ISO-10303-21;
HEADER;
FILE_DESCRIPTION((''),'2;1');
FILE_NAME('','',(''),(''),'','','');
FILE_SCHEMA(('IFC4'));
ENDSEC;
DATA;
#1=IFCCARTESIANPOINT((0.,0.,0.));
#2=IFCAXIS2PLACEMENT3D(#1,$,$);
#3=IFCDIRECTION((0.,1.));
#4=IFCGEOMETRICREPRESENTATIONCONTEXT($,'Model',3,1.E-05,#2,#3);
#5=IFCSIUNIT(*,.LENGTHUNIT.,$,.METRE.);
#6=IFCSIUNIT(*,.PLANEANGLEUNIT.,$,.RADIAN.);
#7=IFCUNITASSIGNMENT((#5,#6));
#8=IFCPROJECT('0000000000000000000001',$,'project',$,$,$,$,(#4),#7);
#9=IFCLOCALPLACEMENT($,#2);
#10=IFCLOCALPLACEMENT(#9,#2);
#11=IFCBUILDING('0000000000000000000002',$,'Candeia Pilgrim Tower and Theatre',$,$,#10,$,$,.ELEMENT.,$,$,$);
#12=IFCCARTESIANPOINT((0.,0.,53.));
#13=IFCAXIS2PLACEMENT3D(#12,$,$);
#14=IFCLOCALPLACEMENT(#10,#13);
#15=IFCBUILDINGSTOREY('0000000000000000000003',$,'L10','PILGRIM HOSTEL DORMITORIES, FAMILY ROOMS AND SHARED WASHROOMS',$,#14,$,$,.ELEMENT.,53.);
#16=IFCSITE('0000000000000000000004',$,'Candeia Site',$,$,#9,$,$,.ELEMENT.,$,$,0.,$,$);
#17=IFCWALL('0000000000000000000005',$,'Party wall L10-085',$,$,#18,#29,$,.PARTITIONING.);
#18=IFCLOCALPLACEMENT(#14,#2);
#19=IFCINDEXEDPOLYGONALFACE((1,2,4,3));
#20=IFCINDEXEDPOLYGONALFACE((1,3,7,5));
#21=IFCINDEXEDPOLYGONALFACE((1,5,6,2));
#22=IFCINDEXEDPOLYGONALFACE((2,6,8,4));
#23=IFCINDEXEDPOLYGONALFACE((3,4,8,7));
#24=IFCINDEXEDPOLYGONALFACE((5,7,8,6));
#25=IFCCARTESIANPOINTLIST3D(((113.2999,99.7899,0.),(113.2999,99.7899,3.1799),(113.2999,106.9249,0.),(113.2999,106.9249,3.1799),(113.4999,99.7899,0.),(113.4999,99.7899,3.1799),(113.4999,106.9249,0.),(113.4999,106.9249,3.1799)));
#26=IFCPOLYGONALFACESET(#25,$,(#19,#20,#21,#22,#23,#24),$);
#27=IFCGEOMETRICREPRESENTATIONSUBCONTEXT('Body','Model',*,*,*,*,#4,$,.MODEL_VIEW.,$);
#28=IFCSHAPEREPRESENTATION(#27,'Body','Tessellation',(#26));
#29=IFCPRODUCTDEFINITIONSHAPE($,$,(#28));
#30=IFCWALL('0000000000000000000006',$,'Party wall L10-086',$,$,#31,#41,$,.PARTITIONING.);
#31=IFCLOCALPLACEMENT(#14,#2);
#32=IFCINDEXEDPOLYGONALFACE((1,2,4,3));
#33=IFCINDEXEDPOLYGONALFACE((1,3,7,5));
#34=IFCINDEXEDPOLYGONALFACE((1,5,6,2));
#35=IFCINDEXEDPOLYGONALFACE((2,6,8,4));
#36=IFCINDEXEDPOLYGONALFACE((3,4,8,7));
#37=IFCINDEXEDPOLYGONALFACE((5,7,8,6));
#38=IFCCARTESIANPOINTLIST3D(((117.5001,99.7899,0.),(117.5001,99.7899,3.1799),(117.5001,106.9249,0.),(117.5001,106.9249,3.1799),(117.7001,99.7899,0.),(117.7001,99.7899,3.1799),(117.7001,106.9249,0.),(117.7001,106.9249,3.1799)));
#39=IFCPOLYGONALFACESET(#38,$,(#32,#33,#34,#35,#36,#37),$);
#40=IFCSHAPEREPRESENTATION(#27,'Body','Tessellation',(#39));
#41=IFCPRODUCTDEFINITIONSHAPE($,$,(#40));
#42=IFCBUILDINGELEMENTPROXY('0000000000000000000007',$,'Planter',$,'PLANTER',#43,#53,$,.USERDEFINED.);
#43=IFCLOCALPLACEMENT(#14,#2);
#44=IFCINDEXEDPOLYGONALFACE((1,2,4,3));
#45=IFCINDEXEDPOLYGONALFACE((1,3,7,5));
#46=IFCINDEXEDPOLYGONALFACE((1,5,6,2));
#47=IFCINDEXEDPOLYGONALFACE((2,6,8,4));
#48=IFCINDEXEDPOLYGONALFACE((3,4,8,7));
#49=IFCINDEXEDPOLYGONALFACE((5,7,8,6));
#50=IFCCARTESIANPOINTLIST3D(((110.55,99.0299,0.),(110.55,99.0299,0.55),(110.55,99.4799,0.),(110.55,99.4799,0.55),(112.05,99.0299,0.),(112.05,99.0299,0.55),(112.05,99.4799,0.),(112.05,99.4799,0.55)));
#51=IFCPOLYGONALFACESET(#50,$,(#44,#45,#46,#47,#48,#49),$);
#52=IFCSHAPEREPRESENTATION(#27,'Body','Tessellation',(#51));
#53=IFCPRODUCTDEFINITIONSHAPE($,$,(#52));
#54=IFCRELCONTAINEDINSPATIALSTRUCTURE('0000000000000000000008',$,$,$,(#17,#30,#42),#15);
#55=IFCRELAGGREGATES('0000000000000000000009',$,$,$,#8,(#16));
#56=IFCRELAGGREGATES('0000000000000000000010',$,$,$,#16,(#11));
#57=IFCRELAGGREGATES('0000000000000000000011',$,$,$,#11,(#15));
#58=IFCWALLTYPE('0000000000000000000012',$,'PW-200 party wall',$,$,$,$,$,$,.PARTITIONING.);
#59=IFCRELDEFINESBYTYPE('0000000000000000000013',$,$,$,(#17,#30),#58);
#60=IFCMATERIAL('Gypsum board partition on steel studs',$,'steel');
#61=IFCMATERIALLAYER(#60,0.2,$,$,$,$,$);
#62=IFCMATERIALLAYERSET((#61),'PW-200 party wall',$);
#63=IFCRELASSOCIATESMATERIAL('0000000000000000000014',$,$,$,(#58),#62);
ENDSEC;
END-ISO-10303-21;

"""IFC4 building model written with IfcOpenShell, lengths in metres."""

from ifc_helpers import new_model, si_unit, direction, frame, frame_2d, origin, origin_2d, place, context, subcontext, project, spatial, rectangle, extrude, material, layer, layer_set, type_object, element, save


model = new_model("IFC4")

# Units and contexts
model_context = context("Model", 3, precision=1e-05, world=origin(), true_north=direction((0.0, 1.0)))
body_context = subcontext(model_context, "Body", "Model", "MODEL_VIEW")
ifc_project = project(units=[si_unit("LENGTHUNIT", "METRE"), si_unit("PLANEANGLEUNIT", "RADIAN")], contexts=[model_context])

# Site, building, storey
site_placement = place(None, origin())
site = spatial("IfcSite", under=ifc_project, at=site_placement, Name="Candeia Site", CompositionType="ELEMENT", RefElevation=0.0)
building_placement = place(site_placement, origin())
building = spatial("IfcBuilding", under=site, at=building_placement, Name="Candeia Pilgrim Tower and Theatre", CompositionType="ELEMENT")
storey_placement = place(building_placement, frame((0.0, 0.0, 53.0)))
storey = spatial("IfcBuildingStorey", under=building, at=storey_placement, Name="L10", Description="PILGRIM HOSTEL DORMITORIES, FAMILY ROOMS AND SHARED WASHROOMS", CompositionType="ELEMENT", Elevation=53.0)

# Shared definitions
ifc_material_1 = material(Name="Gypsum board partition on steel studs", Category="steel")

# Walls
ifc_layer_1 = layer(ifc_material_1, 0.2)
ifc_layer_set_1 = layer_set([ifc_layer_1], Name="PW-200 party wall")
wall_type_1 = type_object("IfcWallType", Name="PW-200 party wall", PredefinedType="PARTITIONING", material=ifc_layer_set_1)
for number, where, z_axis, x_axis, name in (
    (1, (113.3999, 99.79, 0.0), (0.0, 0.0, 1.0), (0.0, 1.0, 0.0), "Party wall L10-085"),
    (2, (117.6001, 99.79, 0.0), (0.0, 0.0, 1.0), (0.0, 1.0, 0.0), "Party wall L10-086"),
):
    element("IfcWall", number, at=place(storey_placement, frame(where, z_axis=z_axis, x_axis=x_axis)), inside=storey, type_object=wall_type_1, Name=name, PredefinedType="PARTITIONING", context=body_context, shape_type="SweptSolid", body=[
        extrude(rectangle(XDim=7.135, YDim=0.2, at=frame_2d((3.5674, 0.0))), origin(), (0.0, 0.0, 1.0), 3.1799),
    ])

# Building element proxy
proxy_placement = place(storey_placement, frame((111.3, 99.2549, 0.0), z_axis=(0.0, 0.0, 1.0), x_axis=(1.0, 0.0, 0.0)))
element("IfcBuildingElementProxy", 3, at=proxy_placement, inside=storey, Name="Planter", ObjectType="PLANTER", PredefinedType="USERDEFINED", context=body_context, shape_type="SweptSolid", body=[
    extrude(rectangle(XDim=1.5, YDim=0.45, at=origin_2d()), origin(), (0.0, 0.0, 1.0), 0.55),
])

save(model, "model.ifc")
